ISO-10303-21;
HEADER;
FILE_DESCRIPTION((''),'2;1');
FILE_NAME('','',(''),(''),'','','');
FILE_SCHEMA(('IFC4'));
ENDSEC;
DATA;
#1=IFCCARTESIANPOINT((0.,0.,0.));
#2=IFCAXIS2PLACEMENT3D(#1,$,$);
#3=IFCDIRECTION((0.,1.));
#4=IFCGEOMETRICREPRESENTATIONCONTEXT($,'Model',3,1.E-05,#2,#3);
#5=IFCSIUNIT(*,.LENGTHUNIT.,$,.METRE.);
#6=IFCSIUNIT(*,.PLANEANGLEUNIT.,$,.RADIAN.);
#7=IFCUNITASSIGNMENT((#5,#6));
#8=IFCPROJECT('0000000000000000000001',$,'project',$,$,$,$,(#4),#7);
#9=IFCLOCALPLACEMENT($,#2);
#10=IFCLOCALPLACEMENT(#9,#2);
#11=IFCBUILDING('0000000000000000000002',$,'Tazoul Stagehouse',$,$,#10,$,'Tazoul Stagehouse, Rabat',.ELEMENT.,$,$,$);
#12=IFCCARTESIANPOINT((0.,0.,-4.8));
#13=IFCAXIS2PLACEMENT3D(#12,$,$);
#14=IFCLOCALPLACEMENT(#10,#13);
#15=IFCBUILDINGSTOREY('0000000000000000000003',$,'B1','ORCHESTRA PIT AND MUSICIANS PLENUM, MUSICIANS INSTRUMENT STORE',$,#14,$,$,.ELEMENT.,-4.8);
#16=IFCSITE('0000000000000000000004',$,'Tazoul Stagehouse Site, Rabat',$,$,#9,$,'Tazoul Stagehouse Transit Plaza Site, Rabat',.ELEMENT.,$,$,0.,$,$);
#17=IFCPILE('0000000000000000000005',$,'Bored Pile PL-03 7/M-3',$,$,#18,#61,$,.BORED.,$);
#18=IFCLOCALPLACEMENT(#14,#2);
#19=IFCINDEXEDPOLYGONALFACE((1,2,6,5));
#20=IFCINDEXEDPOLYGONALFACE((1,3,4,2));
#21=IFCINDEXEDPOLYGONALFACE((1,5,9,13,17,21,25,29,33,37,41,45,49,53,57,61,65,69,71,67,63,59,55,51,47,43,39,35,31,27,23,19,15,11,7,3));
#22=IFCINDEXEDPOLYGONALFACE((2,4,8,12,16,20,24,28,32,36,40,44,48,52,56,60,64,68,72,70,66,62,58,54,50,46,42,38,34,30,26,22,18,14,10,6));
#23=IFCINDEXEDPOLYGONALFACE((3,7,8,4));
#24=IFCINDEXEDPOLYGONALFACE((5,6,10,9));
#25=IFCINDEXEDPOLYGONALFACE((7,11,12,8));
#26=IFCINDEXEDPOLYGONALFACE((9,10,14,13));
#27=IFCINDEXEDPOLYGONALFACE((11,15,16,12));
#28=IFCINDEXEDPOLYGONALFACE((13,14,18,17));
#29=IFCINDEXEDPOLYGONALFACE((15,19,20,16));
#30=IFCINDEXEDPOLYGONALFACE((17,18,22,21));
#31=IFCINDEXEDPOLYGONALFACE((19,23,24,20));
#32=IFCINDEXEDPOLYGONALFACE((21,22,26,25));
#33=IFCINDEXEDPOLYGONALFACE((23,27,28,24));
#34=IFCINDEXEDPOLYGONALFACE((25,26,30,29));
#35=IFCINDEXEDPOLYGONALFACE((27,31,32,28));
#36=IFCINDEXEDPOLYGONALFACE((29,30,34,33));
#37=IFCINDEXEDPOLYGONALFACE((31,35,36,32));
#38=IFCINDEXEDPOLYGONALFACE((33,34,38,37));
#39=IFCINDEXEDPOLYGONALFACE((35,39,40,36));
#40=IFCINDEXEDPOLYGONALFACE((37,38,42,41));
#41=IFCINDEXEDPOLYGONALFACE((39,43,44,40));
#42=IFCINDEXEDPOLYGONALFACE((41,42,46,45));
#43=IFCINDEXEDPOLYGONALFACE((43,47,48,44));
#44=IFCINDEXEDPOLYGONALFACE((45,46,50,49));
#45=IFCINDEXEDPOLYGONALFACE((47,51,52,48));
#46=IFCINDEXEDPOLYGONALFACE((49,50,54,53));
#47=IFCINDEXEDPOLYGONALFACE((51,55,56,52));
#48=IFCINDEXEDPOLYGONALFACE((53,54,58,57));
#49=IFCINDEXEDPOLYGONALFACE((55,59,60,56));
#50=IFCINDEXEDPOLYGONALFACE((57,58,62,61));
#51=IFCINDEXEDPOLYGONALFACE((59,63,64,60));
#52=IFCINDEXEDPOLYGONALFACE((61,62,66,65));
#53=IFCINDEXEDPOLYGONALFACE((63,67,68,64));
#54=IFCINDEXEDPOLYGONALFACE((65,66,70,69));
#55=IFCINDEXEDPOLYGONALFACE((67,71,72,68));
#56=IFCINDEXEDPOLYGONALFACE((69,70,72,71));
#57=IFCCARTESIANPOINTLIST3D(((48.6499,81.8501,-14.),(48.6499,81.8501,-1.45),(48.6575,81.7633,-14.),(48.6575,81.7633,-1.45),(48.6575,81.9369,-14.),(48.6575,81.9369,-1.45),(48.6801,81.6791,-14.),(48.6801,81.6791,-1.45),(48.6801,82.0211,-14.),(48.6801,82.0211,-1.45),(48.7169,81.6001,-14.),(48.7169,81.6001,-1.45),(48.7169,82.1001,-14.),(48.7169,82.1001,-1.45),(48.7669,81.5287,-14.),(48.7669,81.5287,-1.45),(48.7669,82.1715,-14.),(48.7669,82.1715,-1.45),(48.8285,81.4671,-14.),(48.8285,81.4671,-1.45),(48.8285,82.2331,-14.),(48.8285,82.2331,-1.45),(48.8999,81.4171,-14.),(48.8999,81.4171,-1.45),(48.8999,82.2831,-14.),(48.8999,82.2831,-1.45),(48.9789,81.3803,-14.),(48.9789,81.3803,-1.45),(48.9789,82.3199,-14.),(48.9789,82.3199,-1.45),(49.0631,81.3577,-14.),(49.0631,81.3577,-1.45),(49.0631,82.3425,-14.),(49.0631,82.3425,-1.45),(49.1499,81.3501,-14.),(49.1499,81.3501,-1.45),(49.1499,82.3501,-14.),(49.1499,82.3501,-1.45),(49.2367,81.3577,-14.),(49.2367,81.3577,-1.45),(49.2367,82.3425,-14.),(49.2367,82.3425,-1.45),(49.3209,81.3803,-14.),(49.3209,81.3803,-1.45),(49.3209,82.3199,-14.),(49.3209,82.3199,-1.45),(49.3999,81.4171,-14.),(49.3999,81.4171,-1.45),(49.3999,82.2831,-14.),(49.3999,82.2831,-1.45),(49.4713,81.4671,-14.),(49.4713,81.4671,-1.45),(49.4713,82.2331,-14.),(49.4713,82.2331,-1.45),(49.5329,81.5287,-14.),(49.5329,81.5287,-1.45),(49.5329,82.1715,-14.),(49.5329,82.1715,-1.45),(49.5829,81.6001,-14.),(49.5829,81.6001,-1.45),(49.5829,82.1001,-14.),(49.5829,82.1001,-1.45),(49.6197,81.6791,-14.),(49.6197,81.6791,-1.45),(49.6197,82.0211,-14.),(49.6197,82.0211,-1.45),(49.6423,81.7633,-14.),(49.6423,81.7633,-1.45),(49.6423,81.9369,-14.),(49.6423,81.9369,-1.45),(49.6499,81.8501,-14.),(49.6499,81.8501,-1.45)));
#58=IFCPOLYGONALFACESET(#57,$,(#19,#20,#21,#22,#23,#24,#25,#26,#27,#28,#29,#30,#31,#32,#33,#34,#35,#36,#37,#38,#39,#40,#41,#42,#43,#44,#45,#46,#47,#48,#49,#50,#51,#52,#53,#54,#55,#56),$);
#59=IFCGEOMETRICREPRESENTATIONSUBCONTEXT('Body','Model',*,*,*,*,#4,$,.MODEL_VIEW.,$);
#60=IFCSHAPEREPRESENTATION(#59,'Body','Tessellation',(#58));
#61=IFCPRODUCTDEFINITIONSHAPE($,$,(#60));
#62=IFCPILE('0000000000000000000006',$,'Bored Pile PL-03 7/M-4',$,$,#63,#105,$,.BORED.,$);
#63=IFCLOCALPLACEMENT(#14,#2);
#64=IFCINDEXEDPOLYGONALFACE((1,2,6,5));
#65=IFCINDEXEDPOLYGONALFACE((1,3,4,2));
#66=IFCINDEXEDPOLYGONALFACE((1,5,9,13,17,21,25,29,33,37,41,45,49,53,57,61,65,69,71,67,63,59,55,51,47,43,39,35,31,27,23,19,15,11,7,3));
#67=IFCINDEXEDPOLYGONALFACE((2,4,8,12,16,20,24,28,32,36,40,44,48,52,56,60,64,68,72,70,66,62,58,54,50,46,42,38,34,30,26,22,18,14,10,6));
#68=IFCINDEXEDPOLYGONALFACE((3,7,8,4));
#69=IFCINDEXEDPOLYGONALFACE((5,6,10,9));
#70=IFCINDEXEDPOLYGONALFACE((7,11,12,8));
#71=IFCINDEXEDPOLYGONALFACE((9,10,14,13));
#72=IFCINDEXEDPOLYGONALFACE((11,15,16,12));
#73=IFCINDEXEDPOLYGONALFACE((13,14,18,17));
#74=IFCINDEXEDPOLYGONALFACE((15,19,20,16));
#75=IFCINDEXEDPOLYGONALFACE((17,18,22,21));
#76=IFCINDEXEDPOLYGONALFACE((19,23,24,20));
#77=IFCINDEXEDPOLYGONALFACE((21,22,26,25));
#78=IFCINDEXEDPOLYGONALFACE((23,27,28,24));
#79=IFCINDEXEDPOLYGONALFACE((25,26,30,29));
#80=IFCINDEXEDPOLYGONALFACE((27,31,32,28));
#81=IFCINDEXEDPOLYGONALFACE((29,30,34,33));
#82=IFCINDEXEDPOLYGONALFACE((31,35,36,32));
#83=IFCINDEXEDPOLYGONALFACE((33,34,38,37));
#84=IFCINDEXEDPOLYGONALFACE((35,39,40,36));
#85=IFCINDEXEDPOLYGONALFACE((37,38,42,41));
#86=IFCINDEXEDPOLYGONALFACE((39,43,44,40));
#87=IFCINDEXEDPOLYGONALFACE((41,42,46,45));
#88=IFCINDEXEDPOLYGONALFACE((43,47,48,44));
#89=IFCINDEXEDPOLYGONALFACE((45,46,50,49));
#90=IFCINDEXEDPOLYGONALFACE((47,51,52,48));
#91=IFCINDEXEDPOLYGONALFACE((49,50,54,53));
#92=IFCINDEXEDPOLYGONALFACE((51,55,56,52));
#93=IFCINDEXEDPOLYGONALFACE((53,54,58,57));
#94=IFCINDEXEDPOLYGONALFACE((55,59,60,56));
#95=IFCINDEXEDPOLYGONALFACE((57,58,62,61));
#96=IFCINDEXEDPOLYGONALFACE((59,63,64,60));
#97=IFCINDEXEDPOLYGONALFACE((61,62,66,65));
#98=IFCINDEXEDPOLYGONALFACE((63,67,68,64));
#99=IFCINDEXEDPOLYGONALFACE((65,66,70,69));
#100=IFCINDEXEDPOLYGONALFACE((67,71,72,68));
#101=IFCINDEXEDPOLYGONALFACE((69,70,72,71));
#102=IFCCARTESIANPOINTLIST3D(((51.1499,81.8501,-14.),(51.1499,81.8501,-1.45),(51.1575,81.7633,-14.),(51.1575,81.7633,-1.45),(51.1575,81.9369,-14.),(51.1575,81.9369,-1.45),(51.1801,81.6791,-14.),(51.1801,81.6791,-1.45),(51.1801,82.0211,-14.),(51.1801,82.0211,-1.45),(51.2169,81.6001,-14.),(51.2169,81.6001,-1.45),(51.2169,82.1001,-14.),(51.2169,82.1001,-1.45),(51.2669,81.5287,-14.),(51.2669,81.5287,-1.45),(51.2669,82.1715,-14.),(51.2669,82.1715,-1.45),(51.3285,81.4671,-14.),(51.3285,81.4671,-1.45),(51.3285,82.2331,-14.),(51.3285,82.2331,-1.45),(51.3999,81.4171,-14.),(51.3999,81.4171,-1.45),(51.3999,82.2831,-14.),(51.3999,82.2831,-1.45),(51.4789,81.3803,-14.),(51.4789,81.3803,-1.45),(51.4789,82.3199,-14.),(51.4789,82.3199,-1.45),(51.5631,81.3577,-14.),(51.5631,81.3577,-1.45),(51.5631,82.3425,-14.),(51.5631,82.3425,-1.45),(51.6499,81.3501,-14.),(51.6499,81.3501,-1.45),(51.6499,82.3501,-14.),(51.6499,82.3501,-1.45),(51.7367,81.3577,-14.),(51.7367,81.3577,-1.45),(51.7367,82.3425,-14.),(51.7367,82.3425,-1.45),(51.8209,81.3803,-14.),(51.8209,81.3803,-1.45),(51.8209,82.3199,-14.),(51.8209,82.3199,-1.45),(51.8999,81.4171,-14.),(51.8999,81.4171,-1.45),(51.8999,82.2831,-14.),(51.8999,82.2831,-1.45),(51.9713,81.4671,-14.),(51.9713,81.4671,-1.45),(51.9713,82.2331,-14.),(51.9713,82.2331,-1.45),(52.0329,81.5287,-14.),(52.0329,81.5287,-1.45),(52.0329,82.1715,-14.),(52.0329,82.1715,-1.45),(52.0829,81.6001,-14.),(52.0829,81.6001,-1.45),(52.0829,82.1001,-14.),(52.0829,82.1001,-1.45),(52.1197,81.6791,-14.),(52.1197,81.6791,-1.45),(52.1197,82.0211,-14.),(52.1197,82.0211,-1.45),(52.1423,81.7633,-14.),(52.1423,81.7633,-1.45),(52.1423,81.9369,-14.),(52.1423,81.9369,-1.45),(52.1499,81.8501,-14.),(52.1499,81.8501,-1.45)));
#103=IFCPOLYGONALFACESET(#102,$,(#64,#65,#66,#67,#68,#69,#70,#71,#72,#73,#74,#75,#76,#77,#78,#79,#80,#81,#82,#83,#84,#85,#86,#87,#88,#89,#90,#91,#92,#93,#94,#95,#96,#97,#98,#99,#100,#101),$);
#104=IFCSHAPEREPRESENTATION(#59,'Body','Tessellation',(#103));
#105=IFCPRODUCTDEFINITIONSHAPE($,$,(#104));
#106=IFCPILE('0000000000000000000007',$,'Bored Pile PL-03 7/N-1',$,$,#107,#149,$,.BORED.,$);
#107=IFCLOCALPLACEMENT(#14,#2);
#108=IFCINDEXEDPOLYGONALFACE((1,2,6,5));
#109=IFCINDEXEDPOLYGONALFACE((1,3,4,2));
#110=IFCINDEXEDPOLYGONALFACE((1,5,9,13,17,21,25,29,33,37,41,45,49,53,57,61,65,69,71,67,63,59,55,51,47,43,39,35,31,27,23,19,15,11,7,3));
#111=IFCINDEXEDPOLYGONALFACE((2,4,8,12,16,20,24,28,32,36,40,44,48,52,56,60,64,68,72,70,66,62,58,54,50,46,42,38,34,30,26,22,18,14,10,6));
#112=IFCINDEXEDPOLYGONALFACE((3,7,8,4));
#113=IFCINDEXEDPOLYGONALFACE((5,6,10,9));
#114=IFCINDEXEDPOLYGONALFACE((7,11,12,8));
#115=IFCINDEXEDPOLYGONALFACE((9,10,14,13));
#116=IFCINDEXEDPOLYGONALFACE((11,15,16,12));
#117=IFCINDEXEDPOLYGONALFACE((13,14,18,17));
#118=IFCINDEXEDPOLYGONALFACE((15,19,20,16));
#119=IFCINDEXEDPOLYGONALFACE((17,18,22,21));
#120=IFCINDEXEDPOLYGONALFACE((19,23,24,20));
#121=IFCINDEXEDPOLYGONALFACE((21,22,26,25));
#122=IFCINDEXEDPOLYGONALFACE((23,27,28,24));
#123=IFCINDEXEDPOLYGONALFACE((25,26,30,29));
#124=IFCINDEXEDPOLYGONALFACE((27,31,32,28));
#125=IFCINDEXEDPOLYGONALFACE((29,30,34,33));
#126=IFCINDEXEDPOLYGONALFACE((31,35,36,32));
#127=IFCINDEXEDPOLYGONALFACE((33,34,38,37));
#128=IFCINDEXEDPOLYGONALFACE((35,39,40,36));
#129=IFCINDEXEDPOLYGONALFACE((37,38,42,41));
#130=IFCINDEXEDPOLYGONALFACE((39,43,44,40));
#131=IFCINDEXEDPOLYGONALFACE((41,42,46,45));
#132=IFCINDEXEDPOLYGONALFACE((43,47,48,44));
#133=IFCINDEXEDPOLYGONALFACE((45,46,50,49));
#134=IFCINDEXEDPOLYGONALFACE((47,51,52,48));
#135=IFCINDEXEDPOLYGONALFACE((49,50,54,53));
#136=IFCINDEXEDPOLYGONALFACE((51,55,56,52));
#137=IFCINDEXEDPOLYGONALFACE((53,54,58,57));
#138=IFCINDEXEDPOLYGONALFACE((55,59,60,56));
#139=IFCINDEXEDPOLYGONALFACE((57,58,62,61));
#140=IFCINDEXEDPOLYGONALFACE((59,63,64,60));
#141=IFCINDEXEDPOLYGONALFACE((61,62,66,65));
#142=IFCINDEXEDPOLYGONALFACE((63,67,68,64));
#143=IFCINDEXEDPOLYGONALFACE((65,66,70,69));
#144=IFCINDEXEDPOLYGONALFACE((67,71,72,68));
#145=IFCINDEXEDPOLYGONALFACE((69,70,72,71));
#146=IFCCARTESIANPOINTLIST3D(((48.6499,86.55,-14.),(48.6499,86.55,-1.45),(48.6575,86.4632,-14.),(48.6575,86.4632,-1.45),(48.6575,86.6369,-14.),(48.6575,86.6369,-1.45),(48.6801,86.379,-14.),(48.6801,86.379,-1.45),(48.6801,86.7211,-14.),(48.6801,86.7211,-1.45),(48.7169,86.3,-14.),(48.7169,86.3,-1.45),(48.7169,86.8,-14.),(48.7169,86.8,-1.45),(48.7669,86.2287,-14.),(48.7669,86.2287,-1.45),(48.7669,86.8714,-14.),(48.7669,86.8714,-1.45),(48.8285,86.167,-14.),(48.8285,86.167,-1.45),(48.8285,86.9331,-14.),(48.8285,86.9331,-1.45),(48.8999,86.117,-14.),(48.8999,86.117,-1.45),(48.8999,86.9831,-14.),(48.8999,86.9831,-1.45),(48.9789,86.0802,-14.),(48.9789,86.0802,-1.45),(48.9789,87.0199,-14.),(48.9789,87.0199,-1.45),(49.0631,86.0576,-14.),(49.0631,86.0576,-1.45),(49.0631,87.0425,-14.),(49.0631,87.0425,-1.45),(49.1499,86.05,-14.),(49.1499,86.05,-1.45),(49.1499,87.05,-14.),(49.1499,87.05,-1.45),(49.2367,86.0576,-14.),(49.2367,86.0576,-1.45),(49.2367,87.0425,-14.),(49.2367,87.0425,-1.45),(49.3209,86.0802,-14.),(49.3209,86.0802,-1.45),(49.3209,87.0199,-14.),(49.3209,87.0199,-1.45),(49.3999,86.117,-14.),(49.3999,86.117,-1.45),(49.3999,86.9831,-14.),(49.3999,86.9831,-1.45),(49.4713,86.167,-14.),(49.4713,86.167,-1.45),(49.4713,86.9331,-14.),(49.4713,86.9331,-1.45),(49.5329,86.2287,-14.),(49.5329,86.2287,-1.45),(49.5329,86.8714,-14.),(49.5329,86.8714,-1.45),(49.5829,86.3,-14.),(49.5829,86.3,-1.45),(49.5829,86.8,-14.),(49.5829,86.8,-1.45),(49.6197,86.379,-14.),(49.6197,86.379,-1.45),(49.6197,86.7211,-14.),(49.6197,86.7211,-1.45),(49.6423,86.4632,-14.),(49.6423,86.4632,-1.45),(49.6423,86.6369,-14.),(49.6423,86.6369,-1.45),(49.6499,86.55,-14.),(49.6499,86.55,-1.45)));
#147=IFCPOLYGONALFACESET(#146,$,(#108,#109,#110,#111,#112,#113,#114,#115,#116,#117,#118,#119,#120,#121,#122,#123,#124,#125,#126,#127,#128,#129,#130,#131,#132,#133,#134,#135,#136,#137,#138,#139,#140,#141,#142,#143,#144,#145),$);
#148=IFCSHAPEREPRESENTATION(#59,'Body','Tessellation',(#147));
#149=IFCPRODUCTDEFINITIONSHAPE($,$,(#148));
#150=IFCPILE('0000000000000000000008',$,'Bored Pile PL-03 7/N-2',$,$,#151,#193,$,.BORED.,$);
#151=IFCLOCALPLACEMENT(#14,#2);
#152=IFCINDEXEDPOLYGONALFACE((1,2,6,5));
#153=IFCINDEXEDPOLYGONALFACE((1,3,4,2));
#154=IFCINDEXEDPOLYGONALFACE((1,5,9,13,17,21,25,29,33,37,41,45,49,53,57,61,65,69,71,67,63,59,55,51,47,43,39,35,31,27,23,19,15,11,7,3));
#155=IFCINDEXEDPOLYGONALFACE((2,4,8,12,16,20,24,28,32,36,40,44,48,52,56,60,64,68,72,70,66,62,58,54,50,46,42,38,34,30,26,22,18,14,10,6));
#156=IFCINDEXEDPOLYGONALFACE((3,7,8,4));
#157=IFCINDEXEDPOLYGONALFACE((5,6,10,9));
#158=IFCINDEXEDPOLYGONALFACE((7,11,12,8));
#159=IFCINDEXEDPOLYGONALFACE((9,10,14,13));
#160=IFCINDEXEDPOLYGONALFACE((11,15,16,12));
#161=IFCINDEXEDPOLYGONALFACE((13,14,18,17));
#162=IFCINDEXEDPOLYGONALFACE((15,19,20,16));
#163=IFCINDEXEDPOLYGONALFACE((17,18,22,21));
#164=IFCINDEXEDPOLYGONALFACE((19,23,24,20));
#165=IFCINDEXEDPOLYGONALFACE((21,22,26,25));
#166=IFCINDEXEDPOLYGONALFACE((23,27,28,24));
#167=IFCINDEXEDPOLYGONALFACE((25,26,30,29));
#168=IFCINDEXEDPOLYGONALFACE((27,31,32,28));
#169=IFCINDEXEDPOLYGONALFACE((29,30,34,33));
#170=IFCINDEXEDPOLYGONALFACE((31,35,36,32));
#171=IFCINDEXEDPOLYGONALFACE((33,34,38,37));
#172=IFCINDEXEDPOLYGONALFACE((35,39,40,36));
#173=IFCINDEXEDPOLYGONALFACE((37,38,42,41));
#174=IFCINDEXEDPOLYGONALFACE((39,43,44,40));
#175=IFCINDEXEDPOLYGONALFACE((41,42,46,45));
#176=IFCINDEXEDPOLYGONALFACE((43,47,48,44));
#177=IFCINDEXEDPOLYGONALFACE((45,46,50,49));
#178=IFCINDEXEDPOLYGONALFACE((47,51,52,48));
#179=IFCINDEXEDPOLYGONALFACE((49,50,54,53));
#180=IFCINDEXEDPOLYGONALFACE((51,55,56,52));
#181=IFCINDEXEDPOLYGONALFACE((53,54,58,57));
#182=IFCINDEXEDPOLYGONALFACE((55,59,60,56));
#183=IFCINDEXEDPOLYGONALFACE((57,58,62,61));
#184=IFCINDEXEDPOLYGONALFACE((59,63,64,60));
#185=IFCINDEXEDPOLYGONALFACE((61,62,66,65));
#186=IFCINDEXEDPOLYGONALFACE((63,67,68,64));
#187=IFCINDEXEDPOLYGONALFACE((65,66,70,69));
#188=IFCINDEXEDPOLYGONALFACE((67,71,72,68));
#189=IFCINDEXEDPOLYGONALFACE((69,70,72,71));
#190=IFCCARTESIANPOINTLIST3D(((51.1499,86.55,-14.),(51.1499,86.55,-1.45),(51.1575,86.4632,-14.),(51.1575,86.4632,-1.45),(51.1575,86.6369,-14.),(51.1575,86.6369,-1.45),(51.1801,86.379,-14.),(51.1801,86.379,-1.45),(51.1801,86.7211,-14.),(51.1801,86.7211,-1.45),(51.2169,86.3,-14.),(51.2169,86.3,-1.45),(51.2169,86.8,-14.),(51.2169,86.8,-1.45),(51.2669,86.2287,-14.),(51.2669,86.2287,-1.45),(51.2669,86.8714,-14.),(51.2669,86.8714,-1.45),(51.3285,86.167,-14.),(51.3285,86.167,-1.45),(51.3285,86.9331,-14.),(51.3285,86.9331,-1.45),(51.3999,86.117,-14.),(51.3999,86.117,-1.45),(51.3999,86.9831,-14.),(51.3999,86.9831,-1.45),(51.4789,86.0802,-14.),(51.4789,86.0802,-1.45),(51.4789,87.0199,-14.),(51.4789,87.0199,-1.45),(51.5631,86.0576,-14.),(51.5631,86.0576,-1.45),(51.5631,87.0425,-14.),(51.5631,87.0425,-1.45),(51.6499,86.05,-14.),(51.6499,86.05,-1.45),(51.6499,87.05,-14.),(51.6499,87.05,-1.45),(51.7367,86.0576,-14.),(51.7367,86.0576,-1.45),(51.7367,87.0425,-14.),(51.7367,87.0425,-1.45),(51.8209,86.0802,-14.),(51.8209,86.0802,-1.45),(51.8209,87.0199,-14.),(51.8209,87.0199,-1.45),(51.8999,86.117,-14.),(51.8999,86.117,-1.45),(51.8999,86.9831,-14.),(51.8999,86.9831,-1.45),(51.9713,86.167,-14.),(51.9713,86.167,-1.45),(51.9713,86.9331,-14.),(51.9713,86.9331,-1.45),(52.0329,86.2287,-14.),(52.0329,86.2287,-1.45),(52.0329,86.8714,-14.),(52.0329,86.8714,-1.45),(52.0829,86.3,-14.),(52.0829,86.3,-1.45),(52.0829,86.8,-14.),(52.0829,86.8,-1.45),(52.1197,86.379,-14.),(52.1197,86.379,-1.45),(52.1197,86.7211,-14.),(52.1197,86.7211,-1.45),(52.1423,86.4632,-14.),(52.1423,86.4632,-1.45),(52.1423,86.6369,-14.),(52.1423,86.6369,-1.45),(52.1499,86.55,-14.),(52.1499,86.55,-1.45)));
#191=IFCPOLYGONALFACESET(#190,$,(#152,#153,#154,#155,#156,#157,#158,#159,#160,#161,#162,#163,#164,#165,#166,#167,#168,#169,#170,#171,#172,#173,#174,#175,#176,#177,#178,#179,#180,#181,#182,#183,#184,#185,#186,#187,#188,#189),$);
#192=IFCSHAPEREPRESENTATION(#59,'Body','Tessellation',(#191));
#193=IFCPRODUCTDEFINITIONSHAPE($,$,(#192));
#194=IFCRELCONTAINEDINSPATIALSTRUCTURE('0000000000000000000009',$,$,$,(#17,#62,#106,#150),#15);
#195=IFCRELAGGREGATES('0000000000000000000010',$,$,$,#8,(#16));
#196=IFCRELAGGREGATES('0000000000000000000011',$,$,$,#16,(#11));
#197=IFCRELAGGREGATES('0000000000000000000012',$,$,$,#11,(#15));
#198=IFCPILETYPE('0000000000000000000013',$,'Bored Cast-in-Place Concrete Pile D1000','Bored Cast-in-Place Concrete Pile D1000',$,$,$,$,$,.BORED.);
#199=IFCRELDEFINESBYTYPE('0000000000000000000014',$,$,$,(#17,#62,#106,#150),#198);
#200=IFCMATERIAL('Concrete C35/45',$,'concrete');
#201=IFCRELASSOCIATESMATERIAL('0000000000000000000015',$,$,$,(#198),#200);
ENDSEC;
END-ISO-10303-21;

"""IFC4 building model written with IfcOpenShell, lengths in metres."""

from ifc_helpers import new_model, si_unit, direction, frame, origin, origin_2d, place, context, subcontext, project, spatial, circle, extrude, material, material_profile, profile_set, type_object, element, save


model = new_model("IFC4")

# Units and contexts
model_context = context("Model", 3, precision=1e-05, world=origin(), true_north=direction((0.0, 1.0)))
body_context = subcontext(model_context, "Body", "Model", "MODEL_VIEW")
ifc_project = project(units=[si_unit("LENGTHUNIT", "METRE"), si_unit("PLANEANGLEUNIT", "RADIAN")], contexts=[model_context])

# Site, building, storey
site_placement = place(None, origin())
site = spatial("IfcSite", under=ifc_project, at=site_placement, Name="Tazoul Stagehouse Site, Rabat", LongName="Tazoul Stagehouse Transit Plaza Site, Rabat", CompositionType="ELEMENT", RefElevation=0.0)
building_placement = place(site_placement, origin())
building = spatial("IfcBuilding", under=site, at=building_placement, Name="Tazoul Stagehouse", LongName="Tazoul Stagehouse, Rabat", CompositionType="ELEMENT")
storey_placement = place(building_placement, frame((0.0, 0.0, -4.8)))
storey = spatial("IfcBuildingStorey", under=building, at=storey_placement, Name="B1", Description="ORCHESTRA PIT AND MUSICIANS PLENUM, MUSICIANS INSTRUMENT STORE", CompositionType="ELEMENT", Elevation=-4.8)

# Piles
ifc_material_1 = material(Name="Concrete C35/45", Category="concrete")
ifc_material_profile_1 = material_profile(ifc_material_1, circle(Radius=0.5, at=origin_2d()), Name="BORED PILE 1000")
ifc_profile_set_1 = profile_set([ifc_material_profile_1], Name="Concrete C35/45")
pile_type = type_object("IfcPileType", Name="Bored Cast-in-Place Concrete Pile D1000", Description="Bored Cast-in-Place Concrete Pile D1000", PredefinedType="BORED", material=ifc_profile_set_1)
for number, where, z_axis, x_axis, name in (
    (1, (49.1499, 81.8501, -1.45), (0.0, 0.0, -1.0), (1.0, 0.0, 0.0), "Bored Pile PL-03 7/M-3"),
    (2, (51.6499, 81.8501, -1.45), (0.0, 0.0, -1.0), (1.0, 0.0, 0.0), "Bored Pile PL-03 7/M-4"),
    (3, (49.1499, 86.55, -1.45), (0.0, 0.0, -1.0), (1.0, 0.0, 0.0), "Bored Pile PL-03 7/N-1"),
    (4, (51.6499, 86.55, -1.45), (0.0, 0.0, -1.0), (1.0, 0.0, 0.0), "Bored Pile PL-03 7/N-2"),
):
    element("IfcPile", number, at=place(storey_placement, frame(where, z_axis=z_axis, x_axis=x_axis)), inside=storey, type_object=pile_type, Name=name, PredefinedType="BORED", context=body_context, shape_type="SweptSolid", body=[
        extrude(circle(Radius=0.5, at=origin_2d()), origin(), (0.0, 0.0, 1.0), 12.55),
    ])

save(model, "model.ifc")
